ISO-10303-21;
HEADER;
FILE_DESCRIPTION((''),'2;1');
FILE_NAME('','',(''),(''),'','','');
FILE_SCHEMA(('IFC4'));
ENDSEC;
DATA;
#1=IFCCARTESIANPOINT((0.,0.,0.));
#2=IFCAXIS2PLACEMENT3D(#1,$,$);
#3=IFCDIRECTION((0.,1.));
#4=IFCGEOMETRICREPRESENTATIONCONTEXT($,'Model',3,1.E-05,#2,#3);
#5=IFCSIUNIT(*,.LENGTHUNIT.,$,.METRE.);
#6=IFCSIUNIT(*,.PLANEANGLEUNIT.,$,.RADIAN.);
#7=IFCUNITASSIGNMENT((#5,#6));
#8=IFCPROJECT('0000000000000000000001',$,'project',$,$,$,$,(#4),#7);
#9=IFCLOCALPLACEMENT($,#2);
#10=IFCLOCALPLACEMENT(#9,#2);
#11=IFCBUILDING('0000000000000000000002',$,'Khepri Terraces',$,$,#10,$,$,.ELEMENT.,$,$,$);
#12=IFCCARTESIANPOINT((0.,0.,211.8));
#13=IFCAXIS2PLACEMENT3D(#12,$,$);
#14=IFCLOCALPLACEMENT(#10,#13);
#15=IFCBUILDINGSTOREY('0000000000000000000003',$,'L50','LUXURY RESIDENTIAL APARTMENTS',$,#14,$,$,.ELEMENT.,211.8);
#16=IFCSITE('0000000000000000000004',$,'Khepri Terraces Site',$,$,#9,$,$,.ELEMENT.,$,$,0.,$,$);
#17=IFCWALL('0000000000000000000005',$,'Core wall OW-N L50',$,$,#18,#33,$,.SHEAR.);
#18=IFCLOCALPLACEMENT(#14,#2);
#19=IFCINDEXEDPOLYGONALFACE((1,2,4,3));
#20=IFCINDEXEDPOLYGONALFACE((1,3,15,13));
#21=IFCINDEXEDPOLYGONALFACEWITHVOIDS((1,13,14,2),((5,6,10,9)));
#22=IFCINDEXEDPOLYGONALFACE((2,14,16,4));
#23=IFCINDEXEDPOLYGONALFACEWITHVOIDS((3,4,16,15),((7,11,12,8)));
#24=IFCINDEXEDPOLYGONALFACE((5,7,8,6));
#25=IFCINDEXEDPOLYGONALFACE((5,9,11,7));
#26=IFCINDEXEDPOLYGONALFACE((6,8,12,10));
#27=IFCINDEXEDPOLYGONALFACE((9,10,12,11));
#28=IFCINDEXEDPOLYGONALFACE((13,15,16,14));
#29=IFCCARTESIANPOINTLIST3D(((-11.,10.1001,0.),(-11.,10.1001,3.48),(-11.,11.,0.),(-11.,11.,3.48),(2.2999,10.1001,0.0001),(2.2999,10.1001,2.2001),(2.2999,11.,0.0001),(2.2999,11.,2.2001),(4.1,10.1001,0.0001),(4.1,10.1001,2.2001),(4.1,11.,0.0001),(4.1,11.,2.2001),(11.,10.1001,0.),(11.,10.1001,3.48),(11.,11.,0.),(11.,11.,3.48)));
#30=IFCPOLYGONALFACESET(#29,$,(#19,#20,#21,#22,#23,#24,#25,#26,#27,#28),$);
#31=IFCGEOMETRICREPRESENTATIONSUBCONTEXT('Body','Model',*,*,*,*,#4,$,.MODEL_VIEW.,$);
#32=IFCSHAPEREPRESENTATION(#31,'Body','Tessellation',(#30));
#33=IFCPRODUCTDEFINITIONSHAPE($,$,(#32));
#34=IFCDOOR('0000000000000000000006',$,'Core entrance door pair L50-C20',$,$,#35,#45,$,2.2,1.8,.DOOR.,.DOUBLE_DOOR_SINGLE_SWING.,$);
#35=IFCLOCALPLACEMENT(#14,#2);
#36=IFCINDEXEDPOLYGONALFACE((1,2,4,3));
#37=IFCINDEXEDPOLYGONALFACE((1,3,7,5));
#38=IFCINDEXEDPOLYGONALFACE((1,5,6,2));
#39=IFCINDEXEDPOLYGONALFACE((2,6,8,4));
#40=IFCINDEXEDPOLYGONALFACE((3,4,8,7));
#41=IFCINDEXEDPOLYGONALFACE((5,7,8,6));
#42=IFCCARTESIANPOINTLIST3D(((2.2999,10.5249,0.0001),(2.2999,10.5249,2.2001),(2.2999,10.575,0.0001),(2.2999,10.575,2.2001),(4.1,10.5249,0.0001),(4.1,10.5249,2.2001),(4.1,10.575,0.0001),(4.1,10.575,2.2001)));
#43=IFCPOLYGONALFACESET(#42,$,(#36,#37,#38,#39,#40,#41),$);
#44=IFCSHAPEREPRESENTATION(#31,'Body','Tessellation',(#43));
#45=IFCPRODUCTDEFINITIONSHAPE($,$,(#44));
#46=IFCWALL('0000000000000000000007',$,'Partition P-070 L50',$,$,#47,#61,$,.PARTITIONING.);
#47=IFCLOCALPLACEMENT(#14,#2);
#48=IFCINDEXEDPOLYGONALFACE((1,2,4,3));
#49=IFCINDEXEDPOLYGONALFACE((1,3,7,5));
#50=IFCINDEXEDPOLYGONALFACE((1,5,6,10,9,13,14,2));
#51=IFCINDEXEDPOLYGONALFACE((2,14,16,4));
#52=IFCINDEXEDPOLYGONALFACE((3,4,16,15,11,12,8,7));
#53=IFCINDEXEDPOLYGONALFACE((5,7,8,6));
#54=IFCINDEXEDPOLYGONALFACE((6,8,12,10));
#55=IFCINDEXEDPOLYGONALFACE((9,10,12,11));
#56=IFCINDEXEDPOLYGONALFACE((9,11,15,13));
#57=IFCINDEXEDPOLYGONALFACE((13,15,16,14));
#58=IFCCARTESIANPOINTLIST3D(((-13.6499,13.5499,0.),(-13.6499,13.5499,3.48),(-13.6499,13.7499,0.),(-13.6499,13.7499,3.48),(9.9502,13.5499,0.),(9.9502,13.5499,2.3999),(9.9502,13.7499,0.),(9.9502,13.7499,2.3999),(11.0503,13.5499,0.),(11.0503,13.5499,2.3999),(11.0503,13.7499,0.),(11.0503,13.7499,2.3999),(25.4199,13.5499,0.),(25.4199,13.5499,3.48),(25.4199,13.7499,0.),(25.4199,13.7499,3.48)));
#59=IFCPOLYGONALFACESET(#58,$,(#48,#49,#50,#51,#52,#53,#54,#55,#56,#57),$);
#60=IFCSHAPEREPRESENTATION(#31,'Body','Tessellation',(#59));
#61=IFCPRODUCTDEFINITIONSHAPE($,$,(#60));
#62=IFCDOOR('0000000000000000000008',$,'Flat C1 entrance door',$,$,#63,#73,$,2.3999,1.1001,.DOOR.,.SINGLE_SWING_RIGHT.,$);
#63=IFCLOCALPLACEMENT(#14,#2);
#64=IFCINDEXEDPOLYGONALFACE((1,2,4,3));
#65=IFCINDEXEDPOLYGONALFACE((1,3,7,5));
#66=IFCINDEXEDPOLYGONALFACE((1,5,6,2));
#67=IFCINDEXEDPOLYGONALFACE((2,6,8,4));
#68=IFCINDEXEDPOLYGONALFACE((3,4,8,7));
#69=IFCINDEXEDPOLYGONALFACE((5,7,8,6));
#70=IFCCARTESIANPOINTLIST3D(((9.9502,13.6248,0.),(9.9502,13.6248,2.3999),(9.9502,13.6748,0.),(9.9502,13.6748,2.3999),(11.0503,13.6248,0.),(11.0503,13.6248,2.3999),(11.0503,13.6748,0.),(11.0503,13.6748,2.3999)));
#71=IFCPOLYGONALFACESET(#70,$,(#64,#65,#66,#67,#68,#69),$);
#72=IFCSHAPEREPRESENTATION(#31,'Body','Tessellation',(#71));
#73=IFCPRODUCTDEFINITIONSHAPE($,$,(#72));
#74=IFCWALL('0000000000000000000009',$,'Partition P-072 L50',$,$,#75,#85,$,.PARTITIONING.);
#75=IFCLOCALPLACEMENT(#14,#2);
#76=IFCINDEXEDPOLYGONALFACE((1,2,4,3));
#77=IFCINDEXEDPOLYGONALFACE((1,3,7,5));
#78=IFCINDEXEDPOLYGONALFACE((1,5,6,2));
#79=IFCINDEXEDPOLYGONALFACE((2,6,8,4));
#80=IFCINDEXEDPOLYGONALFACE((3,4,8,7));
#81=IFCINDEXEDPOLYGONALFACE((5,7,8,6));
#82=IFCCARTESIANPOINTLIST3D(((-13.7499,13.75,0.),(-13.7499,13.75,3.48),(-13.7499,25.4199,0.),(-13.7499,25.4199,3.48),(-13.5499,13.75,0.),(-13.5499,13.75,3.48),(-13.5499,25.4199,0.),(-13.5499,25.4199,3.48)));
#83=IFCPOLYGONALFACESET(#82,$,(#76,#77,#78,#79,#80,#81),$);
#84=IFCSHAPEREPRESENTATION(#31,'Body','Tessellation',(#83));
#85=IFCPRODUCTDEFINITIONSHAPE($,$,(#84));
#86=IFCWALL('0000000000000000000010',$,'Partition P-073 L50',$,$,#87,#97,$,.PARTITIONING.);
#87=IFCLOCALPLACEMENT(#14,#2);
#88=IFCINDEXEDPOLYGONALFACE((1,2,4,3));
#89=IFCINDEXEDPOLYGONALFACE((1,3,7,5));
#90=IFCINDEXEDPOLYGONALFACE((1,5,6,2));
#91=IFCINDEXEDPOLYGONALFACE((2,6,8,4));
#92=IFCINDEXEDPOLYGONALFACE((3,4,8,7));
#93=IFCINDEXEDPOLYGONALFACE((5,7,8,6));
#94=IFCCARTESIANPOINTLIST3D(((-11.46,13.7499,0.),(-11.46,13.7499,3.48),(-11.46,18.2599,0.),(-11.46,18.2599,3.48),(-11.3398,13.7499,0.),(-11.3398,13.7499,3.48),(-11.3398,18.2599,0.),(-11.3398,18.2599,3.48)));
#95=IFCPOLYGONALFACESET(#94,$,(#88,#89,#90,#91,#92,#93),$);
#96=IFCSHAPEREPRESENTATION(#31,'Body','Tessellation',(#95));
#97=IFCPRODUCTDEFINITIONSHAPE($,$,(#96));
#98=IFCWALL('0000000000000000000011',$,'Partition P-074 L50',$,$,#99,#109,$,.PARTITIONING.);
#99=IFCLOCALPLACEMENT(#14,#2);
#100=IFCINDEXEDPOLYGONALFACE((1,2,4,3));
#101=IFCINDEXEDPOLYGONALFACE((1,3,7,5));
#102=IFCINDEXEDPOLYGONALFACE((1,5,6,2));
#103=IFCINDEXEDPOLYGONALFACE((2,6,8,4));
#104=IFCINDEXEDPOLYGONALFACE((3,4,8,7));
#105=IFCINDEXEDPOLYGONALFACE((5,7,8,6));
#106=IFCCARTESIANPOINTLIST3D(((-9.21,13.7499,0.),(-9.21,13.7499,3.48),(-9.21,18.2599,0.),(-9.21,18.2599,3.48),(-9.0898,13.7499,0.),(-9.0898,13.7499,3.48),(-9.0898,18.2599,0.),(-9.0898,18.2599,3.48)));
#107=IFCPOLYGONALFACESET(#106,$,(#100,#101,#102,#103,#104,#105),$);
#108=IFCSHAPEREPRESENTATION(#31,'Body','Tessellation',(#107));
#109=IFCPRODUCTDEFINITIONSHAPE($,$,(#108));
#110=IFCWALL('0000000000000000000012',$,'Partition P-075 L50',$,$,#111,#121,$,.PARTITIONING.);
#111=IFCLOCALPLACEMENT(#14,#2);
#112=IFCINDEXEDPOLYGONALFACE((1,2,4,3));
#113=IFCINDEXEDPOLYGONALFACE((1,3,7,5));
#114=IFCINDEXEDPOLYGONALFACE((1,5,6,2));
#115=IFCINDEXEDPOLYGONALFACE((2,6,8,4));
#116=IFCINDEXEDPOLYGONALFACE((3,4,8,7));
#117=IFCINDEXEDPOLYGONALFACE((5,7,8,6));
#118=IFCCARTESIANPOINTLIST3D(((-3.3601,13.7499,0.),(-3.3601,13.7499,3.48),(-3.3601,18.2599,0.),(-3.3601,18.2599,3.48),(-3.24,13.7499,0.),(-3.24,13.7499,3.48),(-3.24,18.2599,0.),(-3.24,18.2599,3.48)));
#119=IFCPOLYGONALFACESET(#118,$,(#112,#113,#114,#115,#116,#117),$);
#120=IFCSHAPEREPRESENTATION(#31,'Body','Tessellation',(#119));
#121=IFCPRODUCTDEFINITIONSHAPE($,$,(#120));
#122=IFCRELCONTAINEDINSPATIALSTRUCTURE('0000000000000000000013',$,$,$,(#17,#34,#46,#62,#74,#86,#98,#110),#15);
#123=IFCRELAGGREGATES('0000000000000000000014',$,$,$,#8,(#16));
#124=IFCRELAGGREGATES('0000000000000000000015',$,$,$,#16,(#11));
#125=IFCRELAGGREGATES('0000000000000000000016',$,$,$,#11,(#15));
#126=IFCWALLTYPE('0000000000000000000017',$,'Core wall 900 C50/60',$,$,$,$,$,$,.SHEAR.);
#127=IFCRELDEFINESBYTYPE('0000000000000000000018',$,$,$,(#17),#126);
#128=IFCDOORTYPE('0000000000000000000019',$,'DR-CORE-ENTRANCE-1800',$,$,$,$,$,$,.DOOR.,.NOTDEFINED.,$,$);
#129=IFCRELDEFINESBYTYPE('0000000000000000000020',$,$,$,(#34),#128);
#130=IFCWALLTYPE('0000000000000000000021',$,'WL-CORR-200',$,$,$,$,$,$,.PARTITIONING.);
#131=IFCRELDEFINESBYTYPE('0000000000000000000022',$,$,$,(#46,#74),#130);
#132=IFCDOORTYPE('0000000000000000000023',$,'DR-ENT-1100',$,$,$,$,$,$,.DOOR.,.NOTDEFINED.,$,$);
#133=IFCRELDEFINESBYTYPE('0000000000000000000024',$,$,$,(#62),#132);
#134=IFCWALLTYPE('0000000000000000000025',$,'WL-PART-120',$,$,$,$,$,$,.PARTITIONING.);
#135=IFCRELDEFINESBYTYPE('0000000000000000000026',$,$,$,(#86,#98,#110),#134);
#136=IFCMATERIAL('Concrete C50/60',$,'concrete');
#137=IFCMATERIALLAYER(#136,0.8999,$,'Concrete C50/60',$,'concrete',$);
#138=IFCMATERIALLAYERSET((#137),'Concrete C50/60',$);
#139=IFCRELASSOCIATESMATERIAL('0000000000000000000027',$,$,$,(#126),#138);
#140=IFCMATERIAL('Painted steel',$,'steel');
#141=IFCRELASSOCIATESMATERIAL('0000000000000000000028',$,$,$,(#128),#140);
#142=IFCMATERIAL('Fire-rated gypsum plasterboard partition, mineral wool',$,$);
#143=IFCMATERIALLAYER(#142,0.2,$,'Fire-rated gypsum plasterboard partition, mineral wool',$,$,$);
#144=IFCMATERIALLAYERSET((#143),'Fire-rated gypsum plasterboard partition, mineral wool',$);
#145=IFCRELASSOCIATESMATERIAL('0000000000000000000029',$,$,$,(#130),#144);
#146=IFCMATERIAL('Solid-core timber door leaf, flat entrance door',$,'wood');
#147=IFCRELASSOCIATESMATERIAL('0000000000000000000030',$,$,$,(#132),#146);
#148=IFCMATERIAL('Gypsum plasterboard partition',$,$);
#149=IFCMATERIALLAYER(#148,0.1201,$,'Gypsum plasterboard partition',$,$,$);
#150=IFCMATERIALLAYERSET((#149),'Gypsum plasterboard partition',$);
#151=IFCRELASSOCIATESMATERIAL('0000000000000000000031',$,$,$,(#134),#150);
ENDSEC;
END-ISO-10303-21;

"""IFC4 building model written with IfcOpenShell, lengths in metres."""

from ifc_helpers import new_model, si_unit, direction, frame, frame_2d, origin, place, context, subcontext, project, spatial, rectangle, extrude, material, layer, layer_set, type_object, element, fill, save


model = new_model("IFC4")

# Units and contexts
model_context = context("Model", 3, precision=1e-05, world=origin(), true_north=direction((0.0, 1.0)))
body_context = subcontext(model_context, "Body", "Model", "MODEL_VIEW")
ifc_project = project(units=[si_unit("LENGTHUNIT", "METRE"), si_unit("PLANEANGLEUNIT", "RADIAN")], contexts=[model_context])

# Site, building, storey
site_placement = place(None, origin())
site = spatial("IfcSite", under=ifc_project, at=site_placement, Name="Khepri Terraces Site", CompositionType="ELEMENT", RefElevation=0.0)
building_placement = place(site_placement, origin())
building = spatial("IfcBuilding", under=site, at=building_placement, Name="Khepri Terraces", CompositionType="ELEMENT")
storey_placement = place(building_placement, frame((0.0, 0.0, 211.8)))
storey = spatial("IfcBuildingStorey", under=building, at=storey_placement, Name="L50", Description="LUXURY RESIDENTIAL APARTMENTS", CompositionType="ELEMENT", Elevation=211.8)

# Walls, openings, doors
ifc_material_1 = material(Name="Concrete C50/60", Category="concrete")
ifc_layer_1 = layer(ifc_material_1, 0.8999, Name="Concrete C50/60", Category="concrete")
ifc_layer_set_1 = layer_set([ifc_layer_1], Name="Concrete C50/60")
wall_type_1 = type_object("IfcWallType", Name="Core wall 900 C50/60", PredefinedType="SHEAR", material=ifc_layer_set_1)
wall_1_placement = place(storey_placement, frame((-11.0, 10.55, 0.0), z_axis=(0.0, 0.0, 1.0), x_axis=(1.0, 0.0, 0.0)))
wall_1 = element("IfcWall", 1, at=wall_1_placement, inside=storey, type_object=wall_type_1, Name="Core wall OW-N L50", PredefinedType="SHEAR", context=body_context, shape_type="SweptSolid", body=[
    extrude(rectangle(XDim=22.0, YDim=0.8999, at=frame_2d((11.0, 0.0))), origin(), (0.0, 0.0, 1.0), 3.48),
])
opening_1_placement = place(wall_1_placement, frame((13.3, 0.0, 0.0)))
opening_1 = element("IfcOpeningElement", 2, at=opening_1_placement, cuts=wall_1, PredefinedType="OPENING", context=body_context, shape_type="SweptSolid", body=[
    extrude(rectangle(XDim=1.8, YDim=2.2, at=frame_2d((0.8999, 1.1001))), frame((0.0, 0.46, 0.0), z_axis=(0.0, -1.0, 0.0), x_axis=(1.0, 0.0, 0.0)), (0.0, 0.0, 1.0), 0.9199),
])
ifc_material_2 = material(Name="Painted steel", Category="steel")
door_type_1 = type_object("IfcDoorType", Name="DR-CORE-ENTRANCE-1800", OperationType="NOTDEFINED", PredefinedType="DOOR", material=ifc_material_2)
door_1_placement = place(opening_1_placement, origin())
door_1 = element("IfcDoor", 3, at=door_1_placement, inside=storey, type_object=door_type_1, Name="Core entrance door pair L50-C20", OperationType="DOUBLE_DOOR_SINGLE_SWING", OverallHeight=2.2, OverallWidth=1.8, PredefinedType="DOOR", context=body_context, shape_type="SweptSolid", body=[
    extrude(rectangle(XDim=1.8, YDim=2.2, at=frame_2d((0.8999, 1.1001))), frame((0.0, 0.0249, 0.0), z_axis=(0.0, -1.0, 0.0), x_axis=(1.0, 0.0, 0.0)), (0.0, 0.0, 1.0), 0.05),
])
fill(opening_1, door_1)
ifc_material_3 = material(Name="Fire-rated gypsum plasterboard partition, mineral wool")
ifc_layer_2 = layer(ifc_material_3, 0.2, Name="Fire-rated gypsum plasterboard partition, mineral wool")
ifc_layer_set_2 = layer_set([ifc_layer_2], Name="Fire-rated gypsum plasterboard partition, mineral wool")
wall_type_2 = type_object("IfcWallType", Name="WL-CORR-200", PredefinedType="PARTITIONING", material=ifc_layer_set_2)
wall_2_placement = place(storey_placement, frame((-13.6499, 13.6499, 0.0), z_axis=(0.0, 0.0, 1.0), x_axis=(1.0, 0.0, 0.0)))
wall_2 = element("IfcWall", 4, at=wall_2_placement, inside=storey, type_object=wall_type_2, Name="Partition P-070 L50", PredefinedType="PARTITIONING", context=body_context, shape_type="SweptSolid", body=[
    extrude(rectangle(XDim=39.0698, YDim=0.2, at=frame_2d((19.5349, 0.0))), origin(), (0.0, 0.0, 1.0), 3.48),
])
opening_2_placement = place(wall_2_placement, frame((23.6001, 0.0, 0.0)))
opening_2 = element("IfcOpeningElement", 5, at=opening_2_placement, cuts=wall_2, PredefinedType="OPENING", context=body_context, shape_type="SweptSolid", body=[
    extrude(rectangle(XDim=1.1001, YDim=2.3999, at=frame_2d((0.55, 1.2))), frame((0.0, 0.1099, 0.0), z_axis=(0.0, -1.0, 0.0), x_axis=(1.0, 0.0, 0.0)), (0.0, 0.0, 1.0), 0.22),
])
ifc_material_4 = material(Name="Solid-core timber door leaf, flat entrance door", Category="wood")
door_type_2 = type_object("IfcDoorType", Name="DR-ENT-1100", OperationType="NOTDEFINED", PredefinedType="DOOR", material=ifc_material_4)
door_2_placement = place(opening_2_placement, origin())
door_2 = element("IfcDoor", 6, at=door_2_placement, inside=storey, type_object=door_type_2, Name="Flat C1 entrance door", OperationType="SINGLE_SWING_RIGHT", OverallHeight=2.3999, OverallWidth=1.1001, PredefinedType="DOOR", context=body_context, shape_type="SweptSolid", body=[
    extrude(rectangle(XDim=1.1001, YDim=2.3999, at=frame_2d((0.55, 1.2))), frame((0.0, 0.0249, 0.0), z_axis=(0.0, -1.0, 0.0), x_axis=(1.0, 0.0, 0.0)), (0.0, 0.0, 1.0), 0.05),
])
fill(opening_2, door_2)

# Walls
wall_3_placement = place(storey_placement, frame((-13.6499, 13.75, 0.0), z_axis=(0.0, 0.0, 1.0), x_axis=(0.0, 1.0, 0.0)))
element("IfcWall", 7, at=wall_3_placement, inside=storey, type_object=wall_type_2, Name="Partition P-072 L50", PredefinedType="PARTITIONING", context=body_context, shape_type="SweptSolid", body=[
    extrude(rectangle(XDim=11.6699, YDim=0.2, at=frame_2d((5.835, 0.0))), origin(), (0.0, 0.0, 1.0), 3.48),
])
ifc_material_5 = material(Name="Gypsum plasterboard partition")
ifc_layer_3 = layer(ifc_material_5, 0.1201, Name="Gypsum plasterboard partition")
ifc_layer_set_3 = layer_set([ifc_layer_3], Name="Gypsum plasterboard partition")
wall_type_3 = type_object("IfcWallType", Name="WL-PART-120", PredefinedType="PARTITIONING", material=ifc_layer_set_3)
for number, where, z_axis, x_axis, name in (
    (8, (-11.3999, 13.75, 0.0), (0.0, 0.0, 1.0), (0.0, 1.0, 0.0), "Partition P-073 L50"),
    (9, (-9.1499, 13.75, 0.0), (0.0, 0.0, 1.0), (0.0, 1.0, 0.0), "Partition P-074 L50"),
    (10, (-3.3, 13.75, 0.0), (0.0, 0.0, 1.0), (0.0, 1.0, 0.0), "Partition P-075 L50"),
):
    element("IfcWall", number, at=place(storey_placement, frame(where, z_axis=z_axis, x_axis=x_axis)), inside=storey, type_object=wall_type_3, Name=name, PredefinedType="PARTITIONING", context=body_context, shape_type="SweptSolid", body=[
        extrude(rectangle(XDim=4.51, YDim=0.1201, at=frame_2d((2.2549, 0.0))), origin(), (0.0, 0.0, 1.0), 3.48),
    ])

save(model, "model.ifc")
